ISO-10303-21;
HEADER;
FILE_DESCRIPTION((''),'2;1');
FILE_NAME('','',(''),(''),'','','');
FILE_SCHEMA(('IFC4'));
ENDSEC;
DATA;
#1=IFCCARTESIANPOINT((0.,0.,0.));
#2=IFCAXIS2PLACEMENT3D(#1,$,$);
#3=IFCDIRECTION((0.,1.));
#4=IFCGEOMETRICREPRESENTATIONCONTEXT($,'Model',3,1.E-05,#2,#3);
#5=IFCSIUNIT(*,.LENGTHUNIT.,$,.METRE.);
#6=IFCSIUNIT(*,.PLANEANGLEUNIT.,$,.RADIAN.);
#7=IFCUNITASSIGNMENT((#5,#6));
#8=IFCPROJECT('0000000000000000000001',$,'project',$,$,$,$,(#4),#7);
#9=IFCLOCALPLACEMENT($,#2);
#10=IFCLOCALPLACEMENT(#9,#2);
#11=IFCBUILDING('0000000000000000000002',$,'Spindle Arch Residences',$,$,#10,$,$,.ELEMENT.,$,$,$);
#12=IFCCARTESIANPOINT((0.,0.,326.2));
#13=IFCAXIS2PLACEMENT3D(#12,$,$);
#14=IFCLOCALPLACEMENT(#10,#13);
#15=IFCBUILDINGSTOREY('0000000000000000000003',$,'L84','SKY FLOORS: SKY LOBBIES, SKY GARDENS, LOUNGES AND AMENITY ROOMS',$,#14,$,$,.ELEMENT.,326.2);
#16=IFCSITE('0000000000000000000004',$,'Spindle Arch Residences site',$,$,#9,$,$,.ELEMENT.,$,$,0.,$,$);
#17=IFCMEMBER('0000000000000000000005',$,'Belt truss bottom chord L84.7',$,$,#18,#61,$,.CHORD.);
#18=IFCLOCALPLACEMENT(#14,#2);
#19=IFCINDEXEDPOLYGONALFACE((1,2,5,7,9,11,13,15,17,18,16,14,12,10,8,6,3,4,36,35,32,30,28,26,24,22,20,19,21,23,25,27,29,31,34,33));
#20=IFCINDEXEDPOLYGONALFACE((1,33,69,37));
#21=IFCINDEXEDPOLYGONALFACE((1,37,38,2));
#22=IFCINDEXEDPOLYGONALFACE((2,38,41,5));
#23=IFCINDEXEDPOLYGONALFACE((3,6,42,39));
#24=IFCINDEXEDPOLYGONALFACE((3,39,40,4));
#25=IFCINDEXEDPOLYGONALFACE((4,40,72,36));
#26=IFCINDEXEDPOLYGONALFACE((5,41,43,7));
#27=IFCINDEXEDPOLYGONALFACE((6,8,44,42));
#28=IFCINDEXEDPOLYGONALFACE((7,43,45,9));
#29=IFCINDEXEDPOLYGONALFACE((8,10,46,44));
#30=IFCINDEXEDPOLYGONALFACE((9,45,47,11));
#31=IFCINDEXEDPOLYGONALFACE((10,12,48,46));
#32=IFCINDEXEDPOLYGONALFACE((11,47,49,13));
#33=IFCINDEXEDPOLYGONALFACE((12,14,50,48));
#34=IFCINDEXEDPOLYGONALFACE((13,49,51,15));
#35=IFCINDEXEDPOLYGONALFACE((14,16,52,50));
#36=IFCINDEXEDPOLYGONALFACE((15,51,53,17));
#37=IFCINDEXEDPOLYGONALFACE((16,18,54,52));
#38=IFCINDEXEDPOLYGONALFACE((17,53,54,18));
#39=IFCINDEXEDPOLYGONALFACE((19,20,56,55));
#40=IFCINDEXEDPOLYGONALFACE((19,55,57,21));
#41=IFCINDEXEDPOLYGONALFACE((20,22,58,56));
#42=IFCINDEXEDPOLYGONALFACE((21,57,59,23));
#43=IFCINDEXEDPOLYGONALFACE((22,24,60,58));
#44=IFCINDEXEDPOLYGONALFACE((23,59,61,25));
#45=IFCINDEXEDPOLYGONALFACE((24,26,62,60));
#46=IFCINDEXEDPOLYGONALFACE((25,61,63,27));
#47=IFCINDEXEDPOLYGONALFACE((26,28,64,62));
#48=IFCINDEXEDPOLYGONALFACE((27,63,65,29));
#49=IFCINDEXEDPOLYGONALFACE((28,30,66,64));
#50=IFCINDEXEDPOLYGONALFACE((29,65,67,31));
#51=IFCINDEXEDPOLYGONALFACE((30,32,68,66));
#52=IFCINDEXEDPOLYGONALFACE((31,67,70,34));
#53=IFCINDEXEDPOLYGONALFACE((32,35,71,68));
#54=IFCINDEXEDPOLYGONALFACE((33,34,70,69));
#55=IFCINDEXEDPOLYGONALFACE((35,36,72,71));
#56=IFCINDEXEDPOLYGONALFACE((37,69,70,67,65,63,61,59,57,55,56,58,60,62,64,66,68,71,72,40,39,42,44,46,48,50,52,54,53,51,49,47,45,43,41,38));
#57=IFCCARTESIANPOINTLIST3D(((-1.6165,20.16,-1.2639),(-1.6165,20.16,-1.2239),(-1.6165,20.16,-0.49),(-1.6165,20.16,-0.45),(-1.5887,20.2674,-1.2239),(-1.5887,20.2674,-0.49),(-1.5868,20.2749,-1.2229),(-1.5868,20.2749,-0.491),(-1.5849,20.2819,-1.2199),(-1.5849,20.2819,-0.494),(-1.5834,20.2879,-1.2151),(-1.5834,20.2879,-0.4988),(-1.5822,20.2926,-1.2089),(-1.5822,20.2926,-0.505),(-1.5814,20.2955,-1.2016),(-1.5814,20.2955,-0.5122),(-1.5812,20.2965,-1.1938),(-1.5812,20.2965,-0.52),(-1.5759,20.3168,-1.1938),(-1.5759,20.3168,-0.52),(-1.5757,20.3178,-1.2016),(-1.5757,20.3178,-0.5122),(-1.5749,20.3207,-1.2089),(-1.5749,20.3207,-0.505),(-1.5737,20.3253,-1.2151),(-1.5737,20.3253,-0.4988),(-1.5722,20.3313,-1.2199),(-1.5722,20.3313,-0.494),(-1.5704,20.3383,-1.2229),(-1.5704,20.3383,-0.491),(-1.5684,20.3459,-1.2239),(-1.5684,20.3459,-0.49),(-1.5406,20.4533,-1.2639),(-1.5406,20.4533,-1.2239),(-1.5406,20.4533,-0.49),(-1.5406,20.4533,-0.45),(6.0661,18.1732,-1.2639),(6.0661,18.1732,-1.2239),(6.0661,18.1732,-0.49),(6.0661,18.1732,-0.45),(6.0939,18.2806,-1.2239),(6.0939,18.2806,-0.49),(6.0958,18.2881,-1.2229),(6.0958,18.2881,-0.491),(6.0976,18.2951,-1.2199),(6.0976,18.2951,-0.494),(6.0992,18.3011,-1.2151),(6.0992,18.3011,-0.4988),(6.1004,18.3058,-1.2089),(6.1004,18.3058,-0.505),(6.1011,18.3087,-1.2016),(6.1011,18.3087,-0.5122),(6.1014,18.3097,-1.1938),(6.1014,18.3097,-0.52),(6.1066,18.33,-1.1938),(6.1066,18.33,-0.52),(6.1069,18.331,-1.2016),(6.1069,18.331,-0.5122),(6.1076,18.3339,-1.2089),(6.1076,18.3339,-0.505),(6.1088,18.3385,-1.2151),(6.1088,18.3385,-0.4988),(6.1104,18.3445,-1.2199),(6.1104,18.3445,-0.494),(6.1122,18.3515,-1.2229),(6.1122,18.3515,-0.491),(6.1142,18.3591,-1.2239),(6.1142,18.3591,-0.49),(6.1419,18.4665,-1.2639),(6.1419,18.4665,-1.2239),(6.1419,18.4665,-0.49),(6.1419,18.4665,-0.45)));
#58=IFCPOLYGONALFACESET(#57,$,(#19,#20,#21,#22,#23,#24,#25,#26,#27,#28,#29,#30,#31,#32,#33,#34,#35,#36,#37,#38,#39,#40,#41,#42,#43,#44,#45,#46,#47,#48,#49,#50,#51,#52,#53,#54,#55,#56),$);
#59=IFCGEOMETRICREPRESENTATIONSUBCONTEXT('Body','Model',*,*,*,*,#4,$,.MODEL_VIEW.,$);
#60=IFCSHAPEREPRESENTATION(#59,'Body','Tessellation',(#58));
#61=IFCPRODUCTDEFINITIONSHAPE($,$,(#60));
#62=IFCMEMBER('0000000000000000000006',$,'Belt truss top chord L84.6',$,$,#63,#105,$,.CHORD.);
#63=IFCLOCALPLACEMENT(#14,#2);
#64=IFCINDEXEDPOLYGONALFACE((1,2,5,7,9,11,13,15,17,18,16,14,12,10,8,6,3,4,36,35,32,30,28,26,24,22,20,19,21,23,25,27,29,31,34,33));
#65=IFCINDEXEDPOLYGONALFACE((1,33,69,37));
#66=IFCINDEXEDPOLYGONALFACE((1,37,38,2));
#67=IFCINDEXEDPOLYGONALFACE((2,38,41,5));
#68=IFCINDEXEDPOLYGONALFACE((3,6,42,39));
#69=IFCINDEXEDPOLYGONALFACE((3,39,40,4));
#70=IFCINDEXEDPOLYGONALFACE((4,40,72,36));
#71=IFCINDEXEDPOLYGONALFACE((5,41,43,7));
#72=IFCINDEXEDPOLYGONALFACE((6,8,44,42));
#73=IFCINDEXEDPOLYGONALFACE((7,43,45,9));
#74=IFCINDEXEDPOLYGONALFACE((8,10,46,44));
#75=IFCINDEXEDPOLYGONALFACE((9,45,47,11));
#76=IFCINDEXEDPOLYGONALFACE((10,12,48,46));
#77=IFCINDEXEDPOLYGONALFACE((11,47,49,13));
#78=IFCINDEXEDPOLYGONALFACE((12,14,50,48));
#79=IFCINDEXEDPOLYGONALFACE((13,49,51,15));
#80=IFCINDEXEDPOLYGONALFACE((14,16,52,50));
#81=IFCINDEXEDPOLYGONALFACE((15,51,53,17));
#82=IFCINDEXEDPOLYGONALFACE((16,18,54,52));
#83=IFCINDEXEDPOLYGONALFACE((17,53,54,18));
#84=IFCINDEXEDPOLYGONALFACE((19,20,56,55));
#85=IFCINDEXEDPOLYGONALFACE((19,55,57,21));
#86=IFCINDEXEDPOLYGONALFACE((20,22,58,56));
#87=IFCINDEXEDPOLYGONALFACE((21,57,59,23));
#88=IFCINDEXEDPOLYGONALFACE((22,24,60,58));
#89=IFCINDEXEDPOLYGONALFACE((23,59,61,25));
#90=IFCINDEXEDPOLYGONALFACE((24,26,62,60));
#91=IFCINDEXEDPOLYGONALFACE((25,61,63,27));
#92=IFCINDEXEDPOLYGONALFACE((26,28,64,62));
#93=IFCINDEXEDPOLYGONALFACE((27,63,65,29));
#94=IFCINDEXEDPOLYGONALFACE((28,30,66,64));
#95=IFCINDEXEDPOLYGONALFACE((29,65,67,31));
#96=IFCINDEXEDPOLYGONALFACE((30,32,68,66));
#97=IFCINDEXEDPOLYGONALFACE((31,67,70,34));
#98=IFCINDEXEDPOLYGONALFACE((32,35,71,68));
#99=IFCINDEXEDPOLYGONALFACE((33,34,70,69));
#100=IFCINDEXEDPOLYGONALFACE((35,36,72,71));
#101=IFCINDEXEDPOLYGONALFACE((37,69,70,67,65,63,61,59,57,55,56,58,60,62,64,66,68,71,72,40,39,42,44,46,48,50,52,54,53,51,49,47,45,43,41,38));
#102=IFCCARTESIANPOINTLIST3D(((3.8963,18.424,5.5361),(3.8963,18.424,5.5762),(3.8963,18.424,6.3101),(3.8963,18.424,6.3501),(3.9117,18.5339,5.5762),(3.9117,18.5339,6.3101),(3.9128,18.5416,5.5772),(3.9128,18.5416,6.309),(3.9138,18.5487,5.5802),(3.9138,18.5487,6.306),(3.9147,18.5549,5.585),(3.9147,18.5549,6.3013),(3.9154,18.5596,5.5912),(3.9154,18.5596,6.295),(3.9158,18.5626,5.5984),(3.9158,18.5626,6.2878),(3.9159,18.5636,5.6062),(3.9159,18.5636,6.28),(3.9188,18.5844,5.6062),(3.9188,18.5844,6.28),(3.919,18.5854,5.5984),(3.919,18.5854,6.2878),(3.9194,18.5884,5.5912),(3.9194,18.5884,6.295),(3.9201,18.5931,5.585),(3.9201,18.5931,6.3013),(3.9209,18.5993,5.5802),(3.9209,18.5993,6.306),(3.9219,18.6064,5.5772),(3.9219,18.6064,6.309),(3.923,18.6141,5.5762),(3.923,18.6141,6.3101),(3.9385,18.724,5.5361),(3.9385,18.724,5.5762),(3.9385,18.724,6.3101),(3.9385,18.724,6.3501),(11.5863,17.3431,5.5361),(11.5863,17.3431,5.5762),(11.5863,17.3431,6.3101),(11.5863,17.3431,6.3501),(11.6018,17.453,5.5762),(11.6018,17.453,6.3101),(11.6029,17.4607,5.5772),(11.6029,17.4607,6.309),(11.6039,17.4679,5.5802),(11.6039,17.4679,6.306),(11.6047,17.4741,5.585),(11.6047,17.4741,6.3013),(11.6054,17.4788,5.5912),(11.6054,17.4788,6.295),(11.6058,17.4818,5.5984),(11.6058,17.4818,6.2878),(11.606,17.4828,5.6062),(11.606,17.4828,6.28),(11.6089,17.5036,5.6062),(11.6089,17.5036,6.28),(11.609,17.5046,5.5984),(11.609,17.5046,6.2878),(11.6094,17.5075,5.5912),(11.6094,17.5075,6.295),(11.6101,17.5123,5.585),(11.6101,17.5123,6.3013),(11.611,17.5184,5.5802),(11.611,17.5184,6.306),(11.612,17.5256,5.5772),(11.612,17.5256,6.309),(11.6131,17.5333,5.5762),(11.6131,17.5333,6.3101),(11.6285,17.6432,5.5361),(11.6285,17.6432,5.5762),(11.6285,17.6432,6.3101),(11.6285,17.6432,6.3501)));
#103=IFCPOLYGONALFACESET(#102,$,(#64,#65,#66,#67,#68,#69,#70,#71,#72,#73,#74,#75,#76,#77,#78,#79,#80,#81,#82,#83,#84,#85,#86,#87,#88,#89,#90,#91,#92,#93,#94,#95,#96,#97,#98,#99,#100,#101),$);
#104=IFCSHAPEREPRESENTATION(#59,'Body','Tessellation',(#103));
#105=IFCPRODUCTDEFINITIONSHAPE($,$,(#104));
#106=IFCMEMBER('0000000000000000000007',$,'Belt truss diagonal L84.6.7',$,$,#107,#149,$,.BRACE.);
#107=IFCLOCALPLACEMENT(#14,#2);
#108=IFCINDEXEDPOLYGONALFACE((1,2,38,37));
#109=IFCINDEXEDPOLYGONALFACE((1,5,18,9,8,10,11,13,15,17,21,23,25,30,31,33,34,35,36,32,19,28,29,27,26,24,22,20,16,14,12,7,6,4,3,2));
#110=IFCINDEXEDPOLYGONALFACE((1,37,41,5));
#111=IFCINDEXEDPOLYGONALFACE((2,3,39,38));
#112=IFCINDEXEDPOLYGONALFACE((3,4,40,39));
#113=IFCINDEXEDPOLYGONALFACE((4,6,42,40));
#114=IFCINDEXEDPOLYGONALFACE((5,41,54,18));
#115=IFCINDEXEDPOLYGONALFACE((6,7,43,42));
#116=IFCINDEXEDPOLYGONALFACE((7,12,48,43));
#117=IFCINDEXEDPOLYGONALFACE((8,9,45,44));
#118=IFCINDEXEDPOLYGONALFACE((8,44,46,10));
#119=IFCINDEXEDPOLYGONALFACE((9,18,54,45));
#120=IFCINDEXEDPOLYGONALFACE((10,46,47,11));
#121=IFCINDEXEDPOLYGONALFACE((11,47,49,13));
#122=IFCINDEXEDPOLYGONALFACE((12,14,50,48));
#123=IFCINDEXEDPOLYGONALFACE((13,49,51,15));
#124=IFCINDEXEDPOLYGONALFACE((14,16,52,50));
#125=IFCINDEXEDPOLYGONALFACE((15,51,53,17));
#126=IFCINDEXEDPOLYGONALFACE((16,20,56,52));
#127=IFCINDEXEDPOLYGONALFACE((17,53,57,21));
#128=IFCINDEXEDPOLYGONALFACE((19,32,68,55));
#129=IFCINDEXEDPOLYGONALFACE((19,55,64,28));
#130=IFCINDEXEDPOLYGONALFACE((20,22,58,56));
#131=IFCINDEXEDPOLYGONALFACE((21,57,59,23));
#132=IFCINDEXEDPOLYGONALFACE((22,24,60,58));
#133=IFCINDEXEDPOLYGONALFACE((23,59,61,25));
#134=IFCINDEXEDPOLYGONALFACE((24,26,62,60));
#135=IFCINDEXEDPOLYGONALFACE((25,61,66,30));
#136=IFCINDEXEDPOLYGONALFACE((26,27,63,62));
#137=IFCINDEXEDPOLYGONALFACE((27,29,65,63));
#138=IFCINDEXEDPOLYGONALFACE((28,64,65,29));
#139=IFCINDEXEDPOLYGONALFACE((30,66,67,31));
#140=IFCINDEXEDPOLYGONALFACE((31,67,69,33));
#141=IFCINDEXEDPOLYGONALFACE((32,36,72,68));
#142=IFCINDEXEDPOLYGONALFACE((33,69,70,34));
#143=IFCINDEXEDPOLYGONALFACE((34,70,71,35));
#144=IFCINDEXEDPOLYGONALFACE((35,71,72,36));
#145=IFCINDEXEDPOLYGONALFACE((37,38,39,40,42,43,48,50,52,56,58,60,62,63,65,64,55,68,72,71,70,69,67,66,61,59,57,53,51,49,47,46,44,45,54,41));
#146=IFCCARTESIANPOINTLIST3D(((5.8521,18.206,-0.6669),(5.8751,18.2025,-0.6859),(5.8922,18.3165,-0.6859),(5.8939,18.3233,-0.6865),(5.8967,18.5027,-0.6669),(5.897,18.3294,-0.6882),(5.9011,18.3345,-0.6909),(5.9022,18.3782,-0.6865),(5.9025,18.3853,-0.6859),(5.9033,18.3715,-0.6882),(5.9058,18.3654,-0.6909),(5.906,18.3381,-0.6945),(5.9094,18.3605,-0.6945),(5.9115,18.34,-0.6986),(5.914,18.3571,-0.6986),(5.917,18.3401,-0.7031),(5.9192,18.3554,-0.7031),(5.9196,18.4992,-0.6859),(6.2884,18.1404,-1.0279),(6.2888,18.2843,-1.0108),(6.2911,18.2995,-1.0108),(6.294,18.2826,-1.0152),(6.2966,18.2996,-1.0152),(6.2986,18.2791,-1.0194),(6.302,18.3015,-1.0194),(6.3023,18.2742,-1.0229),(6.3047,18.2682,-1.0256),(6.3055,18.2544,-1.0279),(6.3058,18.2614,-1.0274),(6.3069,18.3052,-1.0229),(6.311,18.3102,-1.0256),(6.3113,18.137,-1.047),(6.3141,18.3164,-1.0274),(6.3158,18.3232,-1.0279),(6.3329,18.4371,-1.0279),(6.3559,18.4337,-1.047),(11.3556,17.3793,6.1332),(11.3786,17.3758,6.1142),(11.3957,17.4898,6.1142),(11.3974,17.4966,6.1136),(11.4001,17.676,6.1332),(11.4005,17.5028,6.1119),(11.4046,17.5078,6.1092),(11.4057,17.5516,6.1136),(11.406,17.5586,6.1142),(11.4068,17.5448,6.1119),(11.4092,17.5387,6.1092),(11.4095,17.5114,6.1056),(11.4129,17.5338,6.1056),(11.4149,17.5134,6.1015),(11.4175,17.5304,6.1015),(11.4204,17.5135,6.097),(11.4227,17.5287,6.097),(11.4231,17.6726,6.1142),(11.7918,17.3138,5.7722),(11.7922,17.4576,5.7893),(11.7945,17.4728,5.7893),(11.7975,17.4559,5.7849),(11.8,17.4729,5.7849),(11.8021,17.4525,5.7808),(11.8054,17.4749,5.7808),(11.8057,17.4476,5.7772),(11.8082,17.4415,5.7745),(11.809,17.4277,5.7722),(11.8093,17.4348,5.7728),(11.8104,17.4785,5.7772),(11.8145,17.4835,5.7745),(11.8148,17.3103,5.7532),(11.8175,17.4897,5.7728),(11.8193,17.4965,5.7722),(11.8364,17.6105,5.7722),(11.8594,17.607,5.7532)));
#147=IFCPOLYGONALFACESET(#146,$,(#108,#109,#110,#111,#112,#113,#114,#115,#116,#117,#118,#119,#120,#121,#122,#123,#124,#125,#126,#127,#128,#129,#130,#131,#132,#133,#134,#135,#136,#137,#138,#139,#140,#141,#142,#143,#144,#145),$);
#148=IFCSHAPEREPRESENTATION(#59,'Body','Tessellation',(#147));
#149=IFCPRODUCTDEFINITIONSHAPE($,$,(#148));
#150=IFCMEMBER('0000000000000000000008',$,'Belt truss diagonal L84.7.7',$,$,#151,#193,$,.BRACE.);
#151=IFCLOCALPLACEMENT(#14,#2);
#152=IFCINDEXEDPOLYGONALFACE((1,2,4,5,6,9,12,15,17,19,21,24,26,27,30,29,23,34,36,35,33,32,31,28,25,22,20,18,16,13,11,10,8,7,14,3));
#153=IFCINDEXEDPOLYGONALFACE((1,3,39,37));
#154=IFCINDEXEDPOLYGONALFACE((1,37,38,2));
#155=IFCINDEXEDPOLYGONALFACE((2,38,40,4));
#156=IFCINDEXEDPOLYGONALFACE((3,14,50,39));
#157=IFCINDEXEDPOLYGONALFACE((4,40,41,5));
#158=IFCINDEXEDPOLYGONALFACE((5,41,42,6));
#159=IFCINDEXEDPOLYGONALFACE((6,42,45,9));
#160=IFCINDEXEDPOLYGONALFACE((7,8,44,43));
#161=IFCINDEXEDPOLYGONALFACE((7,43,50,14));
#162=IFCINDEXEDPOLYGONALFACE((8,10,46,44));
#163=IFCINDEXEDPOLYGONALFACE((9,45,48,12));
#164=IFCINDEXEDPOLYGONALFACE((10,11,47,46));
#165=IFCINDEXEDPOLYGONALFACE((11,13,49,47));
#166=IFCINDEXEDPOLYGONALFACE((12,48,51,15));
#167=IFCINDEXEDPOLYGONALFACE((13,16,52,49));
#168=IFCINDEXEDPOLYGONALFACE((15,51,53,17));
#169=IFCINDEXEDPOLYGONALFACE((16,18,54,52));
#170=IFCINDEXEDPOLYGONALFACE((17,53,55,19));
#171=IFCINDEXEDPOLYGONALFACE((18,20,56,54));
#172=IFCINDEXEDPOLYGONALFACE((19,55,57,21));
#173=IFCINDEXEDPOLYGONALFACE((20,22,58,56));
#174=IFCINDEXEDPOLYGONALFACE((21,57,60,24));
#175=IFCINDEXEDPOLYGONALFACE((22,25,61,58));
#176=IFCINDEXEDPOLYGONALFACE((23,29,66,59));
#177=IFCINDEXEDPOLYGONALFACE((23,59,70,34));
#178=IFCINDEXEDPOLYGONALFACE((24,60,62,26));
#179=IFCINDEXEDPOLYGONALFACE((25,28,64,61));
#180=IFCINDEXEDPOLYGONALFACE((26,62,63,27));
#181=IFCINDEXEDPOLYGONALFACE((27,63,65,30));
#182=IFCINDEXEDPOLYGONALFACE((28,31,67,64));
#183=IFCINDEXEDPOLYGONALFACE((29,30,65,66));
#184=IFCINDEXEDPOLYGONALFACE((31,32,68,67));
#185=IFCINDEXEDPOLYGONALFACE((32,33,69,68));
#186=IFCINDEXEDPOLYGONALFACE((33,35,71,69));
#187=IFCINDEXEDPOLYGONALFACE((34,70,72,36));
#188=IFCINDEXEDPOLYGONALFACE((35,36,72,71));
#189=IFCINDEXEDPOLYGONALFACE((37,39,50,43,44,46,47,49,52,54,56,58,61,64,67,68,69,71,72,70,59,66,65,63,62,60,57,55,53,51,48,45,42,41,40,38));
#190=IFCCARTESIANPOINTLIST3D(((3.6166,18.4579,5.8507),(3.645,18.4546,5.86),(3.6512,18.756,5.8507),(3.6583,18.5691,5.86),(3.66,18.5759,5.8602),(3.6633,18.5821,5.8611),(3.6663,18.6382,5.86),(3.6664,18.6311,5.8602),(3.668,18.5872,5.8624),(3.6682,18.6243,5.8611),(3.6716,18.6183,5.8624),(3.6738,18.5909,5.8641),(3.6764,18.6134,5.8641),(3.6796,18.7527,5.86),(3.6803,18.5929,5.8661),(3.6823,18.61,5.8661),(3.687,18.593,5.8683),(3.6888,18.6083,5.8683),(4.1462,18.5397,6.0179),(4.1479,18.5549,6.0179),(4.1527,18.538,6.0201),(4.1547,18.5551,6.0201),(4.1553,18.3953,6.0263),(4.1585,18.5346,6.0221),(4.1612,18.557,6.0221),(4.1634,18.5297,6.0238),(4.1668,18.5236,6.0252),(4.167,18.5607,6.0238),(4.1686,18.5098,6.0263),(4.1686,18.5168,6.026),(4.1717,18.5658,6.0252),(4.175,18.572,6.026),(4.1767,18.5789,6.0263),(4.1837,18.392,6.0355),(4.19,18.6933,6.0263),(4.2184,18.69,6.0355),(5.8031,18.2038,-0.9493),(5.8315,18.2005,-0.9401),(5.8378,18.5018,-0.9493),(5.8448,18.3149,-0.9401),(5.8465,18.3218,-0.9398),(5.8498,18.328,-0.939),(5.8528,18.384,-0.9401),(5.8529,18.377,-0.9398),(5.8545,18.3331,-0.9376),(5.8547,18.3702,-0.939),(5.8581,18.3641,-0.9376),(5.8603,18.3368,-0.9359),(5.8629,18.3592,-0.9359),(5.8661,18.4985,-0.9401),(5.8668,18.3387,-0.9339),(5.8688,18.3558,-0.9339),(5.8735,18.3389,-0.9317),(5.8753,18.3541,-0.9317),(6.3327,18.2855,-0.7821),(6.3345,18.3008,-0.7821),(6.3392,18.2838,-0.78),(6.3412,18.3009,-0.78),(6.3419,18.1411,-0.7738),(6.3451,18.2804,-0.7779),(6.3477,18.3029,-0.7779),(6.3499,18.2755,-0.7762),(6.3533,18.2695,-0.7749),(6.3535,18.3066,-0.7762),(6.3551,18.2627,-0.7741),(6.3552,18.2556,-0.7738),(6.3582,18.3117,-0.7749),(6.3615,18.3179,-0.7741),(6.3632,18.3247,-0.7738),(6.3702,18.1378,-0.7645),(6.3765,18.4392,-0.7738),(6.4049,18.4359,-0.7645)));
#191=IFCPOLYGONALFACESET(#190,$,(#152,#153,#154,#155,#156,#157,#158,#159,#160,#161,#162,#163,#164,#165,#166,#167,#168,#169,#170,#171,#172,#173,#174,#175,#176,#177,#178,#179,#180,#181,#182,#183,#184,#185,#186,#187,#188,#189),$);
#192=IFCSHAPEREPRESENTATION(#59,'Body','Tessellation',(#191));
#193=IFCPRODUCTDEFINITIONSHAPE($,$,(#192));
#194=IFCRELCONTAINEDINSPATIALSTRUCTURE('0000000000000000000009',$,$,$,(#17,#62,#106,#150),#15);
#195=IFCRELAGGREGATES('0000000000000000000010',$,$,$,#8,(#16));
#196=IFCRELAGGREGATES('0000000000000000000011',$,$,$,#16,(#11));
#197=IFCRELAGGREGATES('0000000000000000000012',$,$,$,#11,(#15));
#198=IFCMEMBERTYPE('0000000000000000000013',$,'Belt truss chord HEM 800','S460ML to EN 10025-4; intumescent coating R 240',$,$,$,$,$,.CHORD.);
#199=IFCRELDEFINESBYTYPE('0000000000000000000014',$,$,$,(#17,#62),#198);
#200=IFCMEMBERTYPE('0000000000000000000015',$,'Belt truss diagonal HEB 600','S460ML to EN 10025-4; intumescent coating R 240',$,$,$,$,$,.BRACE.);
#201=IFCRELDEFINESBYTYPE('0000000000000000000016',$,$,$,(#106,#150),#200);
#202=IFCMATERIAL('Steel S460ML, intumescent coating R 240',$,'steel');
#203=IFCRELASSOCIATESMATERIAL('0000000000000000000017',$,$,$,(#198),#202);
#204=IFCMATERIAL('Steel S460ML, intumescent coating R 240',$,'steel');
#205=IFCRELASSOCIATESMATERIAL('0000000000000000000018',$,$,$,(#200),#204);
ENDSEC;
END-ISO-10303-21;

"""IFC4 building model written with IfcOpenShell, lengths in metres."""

from ifc_helpers import new_model, si_unit, direction, frame, origin, origin_2d, place, context, subcontext, project, spatial, i_section, extrude, material, material_profile, profile_set, type_object, element, save


model = new_model("IFC4")

# Units and contexts
model_context = context("Model", 3, precision=1e-05, world=origin(), true_north=direction((0.0, 1.0)))
body_context = subcontext(model_context, "Body", "Model", "MODEL_VIEW")
ifc_project = project(units=[si_unit("LENGTHUNIT", "METRE"), si_unit("PLANEANGLEUNIT", "RADIAN")], contexts=[model_context])

# Site, building, storey
site_placement = place(None, origin())
site = spatial("IfcSite", under=ifc_project, at=site_placement, Name="Spindle Arch Residences site", CompositionType="ELEMENT", RefElevation=0.0)
building_placement = place(site_placement, origin())
building = spatial("IfcBuilding", under=site, at=building_placement, Name="Spindle Arch Residences", CompositionType="ELEMENT")
storey_placement = place(building_placement, frame((0.0, 0.0, 326.2)))
storey = spatial("IfcBuildingStorey", under=building, at=storey_placement, Name="L84", Description="SKY FLOORS: SKY LOBBIES, SKY GARDENS, LOUNGES AND AMENITY ROOMS", CompositionType="ELEMENT", Elevation=326.2)

# Members
ifc_material_1 = material(Name="Steel S460ML, intumescent coating R 240", Category="steel")
ifc_material_profile_1 = material_profile(ifc_material_1, i_section(OverallWidth=0.303, OverallDepth=0.814, WebThickness=0.021, FlangeThickness=0.04, FilletRadius=0.03, at=origin_2d()), Name="HEM 800")
ifc_profile_set_1 = profile_set([ifc_material_profile_1], Name="Steel S460ML, intumescent coating R 240")
member_type_1 = type_object("IfcMemberType", Name="Belt truss chord HEM 800", Description="S460ML to EN 10025-4; intumescent coating R 240", PredefinedType="CHORD", material=ifc_profile_set_1)
member_1_placement = place(storey_placement, frame((6.104, 18.3198, -0.8569), z_axis=(-0.968149, 0.250375, 0.0), x_axis=(-0.250375, -0.968149, 0.0)))
element("IfcMember", 1, at=member_1_placement, inside=storey, type_object=member_type_1, Name="Belt truss bottom chord L84.7", PredefinedType="CHORD", context=body_context, shape_type="SweptSolid", body=[
    extrude(i_section(OverallWidth=0.303, OverallDepth=0.814, WebThickness=0.021, FlangeThickness=0.04, FilletRadius=0.03, at=origin_2d()), origin(), (0.0, 0.0, 1.0), 7.9353),
])
member_2_placement = place(storey_placement, frame((11.6074, 17.4932, 5.9431), z_axis=(-0.990267, 0.139181, 0.0), x_axis=(-0.139181, -0.990267, 0.0)))
element("IfcMember", 2, at=member_2_placement, inside=storey, type_object=member_type_1, Name="Belt truss top chord L84.6", PredefinedType="CHORD", context=body_context, shape_type="SweptSolid", body=[
    extrude(i_section(OverallWidth=0.303, OverallDepth=0.814, WebThickness=0.021, FlangeThickness=0.04, FilletRadius=0.03, at=origin_2d()), origin(), (0.0, 0.0, 1.0), 7.7656),
])
ifc_material_2 = material(Name="Steel S460ML, intumescent coating R 240", Category="steel")
ifc_material_profile_2 = material_profile(ifc_material_2, i_section(OverallWidth=0.3, OverallDepth=0.6001, WebThickness=0.0154, FlangeThickness=0.03, FilletRadius=0.0271, at=origin_2d()), Name="HEB 600")
ifc_profile_set_2 = profile_set([ifc_material_profile_2], Name="Steel S460ML, intumescent coating R 240")
member_type_2 = type_object("IfcMemberType", Name="Belt truss diagonal HEB 600", Description="S460ML to EN 10025-4; intumescent coating R 240", PredefinedType="BRACE", material=ifc_profile_set_2)
member_3_placement = place(storey_placement, frame((6.104, 18.3198, -0.8569), z_axis=(0.626313, -0.094077, 0.773875), x_axis=(0.148542, 0.988906, 0.0)))
element("IfcMember", 3, at=member_3_placement, inside=storey, type_object=member_type_2, Name="Belt truss diagonal L84.6.7", PredefinedType="BRACE", context=body_context, shape_type="SweptSolid", body=[
    extrude(i_section(OverallWidth=0.3, OverallDepth=0.6001, WebThickness=0.0154, FlangeThickness=0.03, FilletRadius=0.0271, at=origin_2d()), origin(), (0.0, 0.0, 1.0), 8.7871),
])
member_4_placement = place(storey_placement, frame((6.104, 18.3198, -0.8569), z_axis=(-0.305916, 0.035558, 0.951394), x_axis=(-0.115458, -0.993312, 0.0)))
element("IfcMember", 4, at=member_4_placement, inside=storey, type_object=member_type_2, Name="Belt truss diagonal L84.7.7", PredefinedType="BRACE", context=body_context, shape_type="SweptSolid", body=[
    extrude(i_section(OverallWidth=0.3, OverallDepth=0.6001, WebThickness=0.0154, FlangeThickness=0.03, FilletRadius=0.0271, at=origin_2d()), origin(), (0.0, 0.0, 1.0), 7.1475),
])

save(model, "model.ifc")
